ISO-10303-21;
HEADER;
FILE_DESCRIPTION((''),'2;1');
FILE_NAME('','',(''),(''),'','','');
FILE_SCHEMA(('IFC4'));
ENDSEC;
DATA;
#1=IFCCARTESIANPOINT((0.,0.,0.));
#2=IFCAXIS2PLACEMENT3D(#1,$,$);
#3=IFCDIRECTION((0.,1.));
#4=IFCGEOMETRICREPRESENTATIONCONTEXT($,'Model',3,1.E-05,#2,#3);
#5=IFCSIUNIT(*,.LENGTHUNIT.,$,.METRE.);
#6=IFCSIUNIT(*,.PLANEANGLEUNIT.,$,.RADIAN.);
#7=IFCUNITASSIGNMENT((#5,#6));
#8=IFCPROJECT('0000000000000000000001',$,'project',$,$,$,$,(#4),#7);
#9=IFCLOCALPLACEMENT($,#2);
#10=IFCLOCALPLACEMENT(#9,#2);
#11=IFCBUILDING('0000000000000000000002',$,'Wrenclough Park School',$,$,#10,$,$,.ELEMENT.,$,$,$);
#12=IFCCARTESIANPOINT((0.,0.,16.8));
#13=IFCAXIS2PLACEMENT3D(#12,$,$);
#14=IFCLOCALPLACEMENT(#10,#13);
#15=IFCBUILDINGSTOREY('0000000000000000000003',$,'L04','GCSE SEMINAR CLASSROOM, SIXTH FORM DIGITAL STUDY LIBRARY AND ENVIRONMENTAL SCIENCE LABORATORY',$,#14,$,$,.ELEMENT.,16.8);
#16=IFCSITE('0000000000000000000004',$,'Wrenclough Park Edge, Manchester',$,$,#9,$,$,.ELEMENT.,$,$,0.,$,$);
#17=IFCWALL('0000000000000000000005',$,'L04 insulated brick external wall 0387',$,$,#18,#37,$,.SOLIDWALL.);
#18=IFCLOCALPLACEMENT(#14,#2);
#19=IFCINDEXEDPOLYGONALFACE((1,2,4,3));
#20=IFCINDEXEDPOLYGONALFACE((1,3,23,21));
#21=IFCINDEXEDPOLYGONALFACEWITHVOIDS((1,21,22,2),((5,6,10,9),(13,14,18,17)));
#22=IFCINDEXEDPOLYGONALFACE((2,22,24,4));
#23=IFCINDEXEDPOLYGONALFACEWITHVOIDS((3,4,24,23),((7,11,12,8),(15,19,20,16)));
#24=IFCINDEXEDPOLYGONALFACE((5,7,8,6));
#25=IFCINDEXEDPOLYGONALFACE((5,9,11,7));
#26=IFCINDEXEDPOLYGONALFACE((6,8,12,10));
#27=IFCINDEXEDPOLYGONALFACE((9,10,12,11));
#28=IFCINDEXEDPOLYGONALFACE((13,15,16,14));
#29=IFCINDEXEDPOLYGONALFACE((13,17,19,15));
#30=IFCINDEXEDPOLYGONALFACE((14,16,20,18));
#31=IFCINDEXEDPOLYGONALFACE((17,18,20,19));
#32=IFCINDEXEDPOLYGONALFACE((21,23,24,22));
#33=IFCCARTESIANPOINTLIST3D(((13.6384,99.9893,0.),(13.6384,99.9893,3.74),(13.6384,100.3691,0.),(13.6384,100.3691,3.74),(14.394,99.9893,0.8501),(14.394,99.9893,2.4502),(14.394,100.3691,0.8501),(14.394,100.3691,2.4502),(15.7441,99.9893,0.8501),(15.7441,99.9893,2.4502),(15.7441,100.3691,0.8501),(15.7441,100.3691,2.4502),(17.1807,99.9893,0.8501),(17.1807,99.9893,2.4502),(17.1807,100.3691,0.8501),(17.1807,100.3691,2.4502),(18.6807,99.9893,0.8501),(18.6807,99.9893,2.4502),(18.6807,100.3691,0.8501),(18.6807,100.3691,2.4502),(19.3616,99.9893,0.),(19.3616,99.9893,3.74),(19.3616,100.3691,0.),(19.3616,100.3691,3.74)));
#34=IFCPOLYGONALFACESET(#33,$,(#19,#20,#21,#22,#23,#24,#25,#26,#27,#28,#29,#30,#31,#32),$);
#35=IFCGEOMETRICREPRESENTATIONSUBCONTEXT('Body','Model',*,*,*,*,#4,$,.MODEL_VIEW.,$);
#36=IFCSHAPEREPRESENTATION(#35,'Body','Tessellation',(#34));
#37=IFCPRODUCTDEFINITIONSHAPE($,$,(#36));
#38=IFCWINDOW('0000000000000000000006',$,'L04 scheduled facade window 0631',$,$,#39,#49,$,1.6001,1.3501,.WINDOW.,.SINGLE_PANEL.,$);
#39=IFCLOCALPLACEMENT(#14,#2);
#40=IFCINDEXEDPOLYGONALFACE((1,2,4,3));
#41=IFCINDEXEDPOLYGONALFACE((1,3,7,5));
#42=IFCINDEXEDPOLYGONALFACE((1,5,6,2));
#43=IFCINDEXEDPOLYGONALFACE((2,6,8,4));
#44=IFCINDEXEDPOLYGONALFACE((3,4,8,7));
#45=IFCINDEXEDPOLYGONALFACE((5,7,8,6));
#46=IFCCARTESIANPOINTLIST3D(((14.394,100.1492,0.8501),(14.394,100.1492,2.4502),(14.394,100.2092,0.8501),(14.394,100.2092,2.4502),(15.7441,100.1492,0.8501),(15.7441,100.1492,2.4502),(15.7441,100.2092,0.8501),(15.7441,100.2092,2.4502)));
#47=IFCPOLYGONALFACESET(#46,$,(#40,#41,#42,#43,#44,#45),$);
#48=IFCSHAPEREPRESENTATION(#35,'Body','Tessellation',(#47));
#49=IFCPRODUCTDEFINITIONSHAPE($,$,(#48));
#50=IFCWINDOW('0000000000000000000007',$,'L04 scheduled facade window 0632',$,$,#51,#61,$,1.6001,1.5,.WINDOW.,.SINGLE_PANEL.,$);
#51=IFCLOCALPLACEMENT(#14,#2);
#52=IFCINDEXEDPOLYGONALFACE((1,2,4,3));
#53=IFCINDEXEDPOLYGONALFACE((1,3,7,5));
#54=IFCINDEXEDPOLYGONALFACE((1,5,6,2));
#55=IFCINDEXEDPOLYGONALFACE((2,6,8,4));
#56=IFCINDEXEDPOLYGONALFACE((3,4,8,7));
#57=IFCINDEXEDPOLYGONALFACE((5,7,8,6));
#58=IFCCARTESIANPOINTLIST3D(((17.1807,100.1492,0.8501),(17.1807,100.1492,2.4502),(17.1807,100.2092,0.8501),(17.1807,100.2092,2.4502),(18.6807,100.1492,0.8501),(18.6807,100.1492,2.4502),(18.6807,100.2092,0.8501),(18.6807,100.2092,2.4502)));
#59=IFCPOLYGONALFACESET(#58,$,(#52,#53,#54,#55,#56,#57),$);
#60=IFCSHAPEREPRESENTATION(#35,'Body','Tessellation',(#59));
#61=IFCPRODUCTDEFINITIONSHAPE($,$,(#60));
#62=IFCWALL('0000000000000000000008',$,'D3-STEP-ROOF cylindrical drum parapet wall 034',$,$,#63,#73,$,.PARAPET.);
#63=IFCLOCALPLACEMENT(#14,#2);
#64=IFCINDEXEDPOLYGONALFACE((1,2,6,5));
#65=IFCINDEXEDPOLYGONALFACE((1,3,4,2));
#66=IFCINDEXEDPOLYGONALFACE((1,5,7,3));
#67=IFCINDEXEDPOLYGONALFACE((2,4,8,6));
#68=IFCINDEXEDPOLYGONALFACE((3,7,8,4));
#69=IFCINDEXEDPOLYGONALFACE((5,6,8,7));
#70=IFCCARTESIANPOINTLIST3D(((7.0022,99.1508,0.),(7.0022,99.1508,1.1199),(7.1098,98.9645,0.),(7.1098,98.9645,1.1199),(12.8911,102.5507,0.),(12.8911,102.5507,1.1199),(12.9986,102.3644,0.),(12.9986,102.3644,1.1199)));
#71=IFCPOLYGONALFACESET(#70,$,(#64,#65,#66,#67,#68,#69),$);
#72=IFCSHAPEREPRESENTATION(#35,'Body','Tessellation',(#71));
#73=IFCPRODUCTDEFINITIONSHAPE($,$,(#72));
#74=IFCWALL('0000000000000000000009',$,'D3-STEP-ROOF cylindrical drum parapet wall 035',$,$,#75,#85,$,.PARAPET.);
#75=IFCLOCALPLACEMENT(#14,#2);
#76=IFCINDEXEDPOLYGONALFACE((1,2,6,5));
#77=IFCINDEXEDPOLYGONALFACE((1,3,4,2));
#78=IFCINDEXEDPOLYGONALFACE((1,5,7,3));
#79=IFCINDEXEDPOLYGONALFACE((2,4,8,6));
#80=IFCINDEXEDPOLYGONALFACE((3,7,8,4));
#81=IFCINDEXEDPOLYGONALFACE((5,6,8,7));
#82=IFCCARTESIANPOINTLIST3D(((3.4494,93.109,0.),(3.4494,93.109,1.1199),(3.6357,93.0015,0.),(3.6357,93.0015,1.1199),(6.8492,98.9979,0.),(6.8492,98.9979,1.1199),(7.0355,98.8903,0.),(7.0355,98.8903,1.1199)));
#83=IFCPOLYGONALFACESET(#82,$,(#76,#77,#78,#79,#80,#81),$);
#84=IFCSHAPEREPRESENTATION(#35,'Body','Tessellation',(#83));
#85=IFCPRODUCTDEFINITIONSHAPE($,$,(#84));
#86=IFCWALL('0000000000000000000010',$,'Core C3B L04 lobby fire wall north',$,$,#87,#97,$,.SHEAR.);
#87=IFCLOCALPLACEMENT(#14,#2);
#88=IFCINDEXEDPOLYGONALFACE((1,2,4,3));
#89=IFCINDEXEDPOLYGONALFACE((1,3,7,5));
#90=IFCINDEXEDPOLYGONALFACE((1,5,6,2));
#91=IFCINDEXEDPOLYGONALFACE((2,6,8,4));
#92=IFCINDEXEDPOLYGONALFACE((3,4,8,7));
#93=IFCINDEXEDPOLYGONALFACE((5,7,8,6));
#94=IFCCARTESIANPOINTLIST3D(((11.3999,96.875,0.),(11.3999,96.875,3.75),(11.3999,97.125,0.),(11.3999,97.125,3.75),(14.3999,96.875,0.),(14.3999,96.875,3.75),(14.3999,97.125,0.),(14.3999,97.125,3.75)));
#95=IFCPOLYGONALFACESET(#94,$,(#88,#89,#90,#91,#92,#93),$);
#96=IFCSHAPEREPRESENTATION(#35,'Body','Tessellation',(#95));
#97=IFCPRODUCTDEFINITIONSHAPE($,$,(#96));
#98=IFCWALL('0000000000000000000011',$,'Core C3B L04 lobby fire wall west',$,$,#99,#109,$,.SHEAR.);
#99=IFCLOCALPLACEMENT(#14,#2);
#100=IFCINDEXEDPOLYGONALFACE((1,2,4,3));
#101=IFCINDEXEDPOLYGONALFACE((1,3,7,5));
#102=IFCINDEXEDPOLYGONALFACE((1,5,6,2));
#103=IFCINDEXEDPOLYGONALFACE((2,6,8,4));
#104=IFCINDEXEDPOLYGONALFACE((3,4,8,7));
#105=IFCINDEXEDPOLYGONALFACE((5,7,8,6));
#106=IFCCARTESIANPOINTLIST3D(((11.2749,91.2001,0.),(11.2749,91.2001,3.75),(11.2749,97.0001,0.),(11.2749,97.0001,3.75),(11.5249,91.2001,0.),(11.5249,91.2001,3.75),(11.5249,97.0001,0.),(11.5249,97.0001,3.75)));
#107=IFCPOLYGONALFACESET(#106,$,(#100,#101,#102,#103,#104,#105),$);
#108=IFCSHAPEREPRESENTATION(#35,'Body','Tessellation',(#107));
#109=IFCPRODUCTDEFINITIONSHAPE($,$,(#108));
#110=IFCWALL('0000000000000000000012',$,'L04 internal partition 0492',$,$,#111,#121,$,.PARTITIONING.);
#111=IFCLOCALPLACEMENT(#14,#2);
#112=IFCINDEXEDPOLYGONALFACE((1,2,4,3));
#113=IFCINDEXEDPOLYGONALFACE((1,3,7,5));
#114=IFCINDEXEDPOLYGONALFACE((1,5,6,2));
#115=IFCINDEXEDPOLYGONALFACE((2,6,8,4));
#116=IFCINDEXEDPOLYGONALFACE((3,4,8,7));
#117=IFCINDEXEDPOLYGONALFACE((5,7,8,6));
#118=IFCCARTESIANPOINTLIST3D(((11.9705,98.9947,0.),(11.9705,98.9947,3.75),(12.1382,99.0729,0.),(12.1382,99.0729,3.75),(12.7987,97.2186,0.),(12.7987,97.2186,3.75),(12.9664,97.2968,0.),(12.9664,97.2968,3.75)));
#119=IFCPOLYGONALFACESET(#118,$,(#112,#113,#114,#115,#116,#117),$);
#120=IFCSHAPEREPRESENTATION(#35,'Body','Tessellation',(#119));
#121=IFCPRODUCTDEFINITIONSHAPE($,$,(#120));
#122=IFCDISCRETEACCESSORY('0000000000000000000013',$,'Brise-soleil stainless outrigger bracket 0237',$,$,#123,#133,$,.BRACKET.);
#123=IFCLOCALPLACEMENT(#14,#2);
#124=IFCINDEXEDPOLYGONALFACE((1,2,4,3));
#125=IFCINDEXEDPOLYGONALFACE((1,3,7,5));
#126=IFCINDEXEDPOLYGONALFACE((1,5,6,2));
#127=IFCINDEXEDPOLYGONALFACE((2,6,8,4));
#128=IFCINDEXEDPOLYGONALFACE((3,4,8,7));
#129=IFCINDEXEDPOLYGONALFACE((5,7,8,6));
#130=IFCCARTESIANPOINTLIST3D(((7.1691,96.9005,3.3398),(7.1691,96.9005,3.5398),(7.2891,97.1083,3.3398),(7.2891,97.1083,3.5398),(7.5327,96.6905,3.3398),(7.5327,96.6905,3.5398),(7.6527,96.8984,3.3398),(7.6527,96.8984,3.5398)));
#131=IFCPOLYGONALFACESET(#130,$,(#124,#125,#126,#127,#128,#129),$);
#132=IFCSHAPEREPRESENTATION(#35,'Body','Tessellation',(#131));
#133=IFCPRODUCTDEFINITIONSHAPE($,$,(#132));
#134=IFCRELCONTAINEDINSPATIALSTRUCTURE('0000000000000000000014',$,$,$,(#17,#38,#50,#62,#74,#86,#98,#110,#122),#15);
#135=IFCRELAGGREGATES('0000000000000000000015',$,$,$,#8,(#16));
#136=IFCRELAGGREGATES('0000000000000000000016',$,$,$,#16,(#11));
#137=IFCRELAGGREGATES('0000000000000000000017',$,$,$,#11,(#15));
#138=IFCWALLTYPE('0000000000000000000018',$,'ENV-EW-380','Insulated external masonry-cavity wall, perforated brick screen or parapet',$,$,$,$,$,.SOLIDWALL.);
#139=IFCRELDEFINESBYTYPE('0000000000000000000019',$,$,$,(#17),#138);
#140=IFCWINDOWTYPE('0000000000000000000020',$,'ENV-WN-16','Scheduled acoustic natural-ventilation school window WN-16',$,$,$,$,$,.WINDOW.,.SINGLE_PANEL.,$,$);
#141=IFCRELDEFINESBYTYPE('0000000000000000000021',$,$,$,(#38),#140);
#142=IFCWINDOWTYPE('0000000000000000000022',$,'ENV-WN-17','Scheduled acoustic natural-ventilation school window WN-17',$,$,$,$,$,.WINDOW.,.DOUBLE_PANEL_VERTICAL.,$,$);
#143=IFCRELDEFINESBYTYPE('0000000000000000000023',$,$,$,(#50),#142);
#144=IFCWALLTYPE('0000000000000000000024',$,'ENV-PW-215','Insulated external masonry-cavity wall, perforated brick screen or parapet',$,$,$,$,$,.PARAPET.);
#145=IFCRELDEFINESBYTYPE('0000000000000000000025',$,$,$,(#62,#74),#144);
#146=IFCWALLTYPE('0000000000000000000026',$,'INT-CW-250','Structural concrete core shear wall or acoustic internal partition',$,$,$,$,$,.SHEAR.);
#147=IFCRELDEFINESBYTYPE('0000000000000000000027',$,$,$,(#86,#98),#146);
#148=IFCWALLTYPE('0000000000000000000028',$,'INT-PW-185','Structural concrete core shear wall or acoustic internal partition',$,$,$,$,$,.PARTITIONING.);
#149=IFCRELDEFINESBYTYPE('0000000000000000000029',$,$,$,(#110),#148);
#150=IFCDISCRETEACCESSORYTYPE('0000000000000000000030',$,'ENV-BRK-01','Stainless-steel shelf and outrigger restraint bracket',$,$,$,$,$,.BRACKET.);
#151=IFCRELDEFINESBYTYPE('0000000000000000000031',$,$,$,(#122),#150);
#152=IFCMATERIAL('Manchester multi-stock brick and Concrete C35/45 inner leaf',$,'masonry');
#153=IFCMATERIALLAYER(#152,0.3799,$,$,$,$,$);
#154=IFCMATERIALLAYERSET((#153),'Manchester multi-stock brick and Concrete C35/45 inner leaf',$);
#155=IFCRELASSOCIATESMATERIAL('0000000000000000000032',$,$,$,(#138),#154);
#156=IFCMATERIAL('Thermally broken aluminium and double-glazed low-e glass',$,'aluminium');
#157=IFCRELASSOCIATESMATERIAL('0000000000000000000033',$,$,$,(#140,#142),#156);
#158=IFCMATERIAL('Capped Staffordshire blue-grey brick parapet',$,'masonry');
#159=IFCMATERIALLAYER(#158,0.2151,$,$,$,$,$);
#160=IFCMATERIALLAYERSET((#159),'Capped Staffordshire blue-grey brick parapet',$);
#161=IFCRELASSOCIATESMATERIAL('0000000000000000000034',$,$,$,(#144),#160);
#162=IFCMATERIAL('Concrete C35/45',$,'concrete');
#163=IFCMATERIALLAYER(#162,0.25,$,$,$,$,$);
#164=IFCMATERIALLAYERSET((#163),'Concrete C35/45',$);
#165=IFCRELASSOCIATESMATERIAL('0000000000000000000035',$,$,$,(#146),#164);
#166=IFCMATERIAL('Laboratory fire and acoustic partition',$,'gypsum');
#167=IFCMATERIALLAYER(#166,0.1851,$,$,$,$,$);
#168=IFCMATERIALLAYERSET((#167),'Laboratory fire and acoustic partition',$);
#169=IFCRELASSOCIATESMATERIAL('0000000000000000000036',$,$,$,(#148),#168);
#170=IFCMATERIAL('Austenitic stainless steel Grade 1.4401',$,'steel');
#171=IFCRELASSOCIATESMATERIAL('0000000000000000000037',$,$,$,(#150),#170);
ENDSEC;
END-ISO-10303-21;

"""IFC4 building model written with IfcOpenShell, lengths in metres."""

from ifc_helpers import new_model, si_unit, direction, frame, frame_2d, origin, origin_2d, place, context, subcontext, project, spatial, rectangle, extrude, material, layer, layer_set, type_object, element, fill, save


model = new_model("IFC4")

# Units and contexts
model_context = context("Model", 3, precision=1e-05, world=origin(), true_north=direction((0.0, 1.0)))
body_context = subcontext(model_context, "Body", "Model", "MODEL_VIEW")
ifc_project = project(units=[si_unit("LENGTHUNIT", "METRE"), si_unit("PLANEANGLEUNIT", "RADIAN")], contexts=[model_context])

# Site, building, storey
site_placement = place(None, origin())
site = spatial("IfcSite", under=ifc_project, at=site_placement, Name="Wrenclough Park Edge, Manchester", CompositionType="ELEMENT", RefElevation=0.0)
building_placement = place(site_placement, origin())
building = spatial("IfcBuilding", under=site, at=building_placement, Name="Wrenclough Park School", CompositionType="ELEMENT")
storey_placement = place(building_placement, frame((0.0, 0.0, 16.8)))
storey = spatial("IfcBuildingStorey", under=building, at=storey_placement, Name="L04", Description="GCSE SEMINAR CLASSROOM, SIXTH FORM DIGITAL STUDY LIBRARY AND ENVIRONMENTAL SCIENCE LABORATORY", CompositionType="ELEMENT", Elevation=16.8)

# Wall, openings, windows
ifc_material_1 = material(Name="Thermally broken aluminium and double-glazed low-e glass", Category="aluminium")
ifc_material_2 = material(Name="Manchester multi-stock brick and Concrete C35/45 inner leaf", Category="masonry")
ifc_layer_1 = layer(ifc_material_2, 0.3799)
ifc_layer_set_1 = layer_set([ifc_layer_1], Name="Manchester multi-stock brick and Concrete C35/45 inner leaf")
wall_type_1 = type_object("IfcWallType", Name="ENV-EW-380", Description="Insulated external masonry-cavity wall, perforated brick screen or parapet", PredefinedType="SOLIDWALL", material=ifc_layer_set_1)
wall_1_placement = place(storey_placement, frame((13.6384, 100.1792, 0.0), z_axis=(0.0, 0.0, 1.0), x_axis=(1.0, 0.0, 0.0)))
wall_1 = element("IfcWall", 1, at=wall_1_placement, inside=storey, type_object=wall_type_1, Name="L04 insulated brick external wall 0387", PredefinedType="SOLIDWALL", context=body_context, shape_type="SweptSolid", body=[
    extrude(rectangle(XDim=5.7231, YDim=0.3799, at=frame_2d((2.8616, 0.0))), origin(), (0.0, 0.0, 1.0), 3.74),
])
opening_1_placement = place(wall_1_placement, frame((0.7556, 0.0, 0.8501)))
opening_1 = element("IfcOpeningElement", 2, at=opening_1_placement, cuts=wall_1, PredefinedType="OPENING", context=body_context, shape_type="SweptSolid", body=[
    extrude(rectangle(XDim=1.3501, YDim=1.6001, at=frame_2d((0.675, 0.8))), frame((0.0, 0.2, 0.0), z_axis=(0.0, -1.0, 0.0), x_axis=(1.0, 0.0, 0.0)), (0.0, 0.0, 1.0), 0.3999),
])
opening_2_placement = place(wall_1_placement, frame((3.5422, 0.0, 0.8501)))
opening_2 = element("IfcOpeningElement", 3, at=opening_2_placement, cuts=wall_1, PredefinedType="OPENING", context=body_context, shape_type="SweptSolid", body=[
    extrude(rectangle(XDim=1.5, YDim=1.6001, at=frame_2d((0.75, 0.8))), frame((0.0, 0.2, 0.0), z_axis=(0.0, -1.0, 0.0), x_axis=(1.0, 0.0, 0.0)), (0.0, 0.0, 1.0), 0.3999),
])
window_type_1 = type_object("IfcWindowType", Name="ENV-WN-16", Description="Scheduled acoustic natural-ventilation school window WN-16", PartitioningType="SINGLE_PANEL", PredefinedType="WINDOW", material=ifc_material_1)
window_1_placement = place(opening_1_placement, origin())
window_1 = element("IfcWindow", 4, at=window_1_placement, inside=storey, type_object=window_type_1, Name="L04 scheduled facade window 0631", OverallHeight=1.6001, OverallWidth=1.3501, PartitioningType="SINGLE_PANEL", PredefinedType="WINDOW", context=body_context, shape_type="SweptSolid", body=[
    extrude(rectangle(XDim=1.3501, YDim=1.6001, at=frame_2d((0.675, 0.8))), frame((0.0, 0.03, 0.0), z_axis=(0.0, -1.0, 0.0), x_axis=(1.0, 0.0, 0.0)), (0.0, 0.0, 1.0), 0.0601),
])
fill(opening_1, window_1)
window_type_2 = type_object("IfcWindowType", Name="ENV-WN-17", Description="Scheduled acoustic natural-ventilation school window WN-17", PartitioningType="DOUBLE_PANEL_VERTICAL", PredefinedType="WINDOW", material=ifc_material_1)
window_2_placement = place(opening_2_placement, origin())
window_2 = element("IfcWindow", 5, at=window_2_placement, inside=storey, type_object=window_type_2, Name="L04 scheduled facade window 0632", OverallHeight=1.6001, OverallWidth=1.5, PartitioningType="SINGLE_PANEL", PredefinedType="WINDOW", context=body_context, shape_type="SweptSolid", body=[
    extrude(rectangle(XDim=1.5, YDim=1.6001, at=frame_2d((0.75, 0.8))), frame((0.0, 0.03, 0.0), z_axis=(0.0, -1.0, 0.0), x_axis=(1.0, 0.0, 0.0)), (0.0, 0.0, 1.0), 0.0601),
])
fill(opening_2, window_2)

# Walls
ifc_material_3 = material(Name="Capped Staffordshire blue-grey brick parapet", Category="masonry")
ifc_layer_2 = layer(ifc_material_3, 0.2151)
ifc_layer_set_2 = layer_set([ifc_layer_2], Name="Capped Staffordshire blue-grey brick parapet")
wall_type_2 = type_object("IfcWallType", Name="ENV-PW-215", Description="Insulated external masonry-cavity wall, perforated brick screen or parapet", PredefinedType="PARAPET", material=ifc_layer_set_2)
for number, where, z_axis, x_axis, name in (
    (6, (12.9448, 102.4575, 0.0), (0.0, 0.0, 1.0), (-0.86603, -0.499993, 0.0), "D3-STEP-ROOF cylindrical drum parapet wall 034"),
    (7, (6.9424, 98.9441, 0.0), (0.0, 0.0, 1.0), (-0.499993, -0.86603, 0.0), "D3-STEP-ROOF cylindrical drum parapet wall 035"),
):
    element("IfcWall", number, at=place(storey_placement, frame(where, z_axis=z_axis, x_axis=x_axis)), inside=storey, type_object=wall_type_2, Name=name, PredefinedType="PARAPET", context=body_context, shape_type="SweptSolid", body=[
        extrude(rectangle(XDim=6.7998, YDim=0.2151, at=frame_2d((3.3999, 0.0))), origin(), (0.0, 0.0, 1.0), 1.1199),
    ])
ifc_material_4 = material(Name="Concrete C35/45", Category="concrete")
ifc_layer_3 = layer(ifc_material_4, 0.25)
ifc_layer_set_3 = layer_set([ifc_layer_3], Name="Concrete C35/45")
wall_type_3 = type_object("IfcWallType", Name="INT-CW-250", Description="Structural concrete core shear wall or acoustic internal partition", PredefinedType="SHEAR", material=ifc_layer_set_3)
wall_2_placement = place(storey_placement, frame((14.3999, 97.0, 0.0), z_axis=(0.0, 0.0, 1.0), x_axis=(-1.0, 0.0, 0.0)))
element("IfcWall", 8, at=wall_2_placement, inside=storey, type_object=wall_type_3, Name="Core C3B L04 lobby fire wall north", PredefinedType="SHEAR", context=body_context, shape_type="SweptSolid", body=[
    extrude(rectangle(XDim=3.0, YDim=0.25, at=frame_2d((1.5, 0.0))), origin(), (0.0, 0.0, 1.0), 3.75),
])
wall_3_placement = place(storey_placement, frame((11.3999, 97.0, 0.0), z_axis=(0.0, 0.0, 1.0), x_axis=(0.0, -1.0, 0.0)))
element("IfcWall", 9, at=wall_3_placement, inside=storey, type_object=wall_type_3, Name="Core C3B L04 lobby fire wall west", PredefinedType="SHEAR", context=body_context, shape_type="SweptSolid", body=[
    extrude(rectangle(XDim=5.8, YDim=0.25, at=frame_2d((2.8999, 0.0))), origin(), (0.0, 0.0, 1.0), 3.75),
])
ifc_material_5 = material(Name="Laboratory fire and acoustic partition", Category="gypsum")
ifc_layer_4 = layer(ifc_material_5, 0.1851)
ifc_layer_set_4 = layer_set([ifc_layer_4], Name="Laboratory fire and acoustic partition")
wall_type_4 = type_object("IfcWallType", Name="INT-PW-185", Description="Structural concrete core shear wall or acoustic internal partition", PredefinedType="PARTITIONING", material=ifc_layer_set_4)
wall_4_placement = place(storey_placement, frame((12.8826, 97.2576, 0.0), z_axis=(0.0, 0.0, 1.0), x_axis=(-0.422579, 0.906326, 0.0)))
element("IfcWall", 10, at=wall_4_placement, inside=storey, type_object=wall_type_4, Name="L04 internal partition 0492", PredefinedType="PARTITIONING", context=body_context, shape_type="SweptSolid", body=[
    extrude(rectangle(XDim=1.9597, YDim=0.1851, at=frame_2d((0.98, 0.0))), origin(), (0.0, 0.0, 1.0), 3.75),
])

# Discrete accessory
ifc_material_6 = material(Name="Austenitic stainless steel Grade 1.4401", Category="steel")
discrete_accessory_type = type_object("IfcDiscreteAccessoryType", Name="ENV-BRK-01", Description="Stainless-steel shelf and outrigger restraint bracket", PredefinedType="BRACKET", material=ifc_material_6)
discrete_accessory_placement = place(storey_placement, frame((7.4109, 96.8994, 3.3398), z_axis=(0.0, 0.0, 1.0), x_axis=(-0.499993, -0.866029, 0.0)))
element("IfcDiscreteAccessory", 11, at=discrete_accessory_placement, inside=storey, type_object=discrete_accessory_type, Name="Brise-soleil stainless outrigger bracket 0237", PredefinedType="BRACKET", context=body_context, shape_type="SweptSolid", body=[
    extrude(rectangle(XDim=0.24, YDim=0.4199, at=origin_2d()), origin(), (0.0, 0.0, 1.0), 0.2),
])

save(model, "model.ifc")
